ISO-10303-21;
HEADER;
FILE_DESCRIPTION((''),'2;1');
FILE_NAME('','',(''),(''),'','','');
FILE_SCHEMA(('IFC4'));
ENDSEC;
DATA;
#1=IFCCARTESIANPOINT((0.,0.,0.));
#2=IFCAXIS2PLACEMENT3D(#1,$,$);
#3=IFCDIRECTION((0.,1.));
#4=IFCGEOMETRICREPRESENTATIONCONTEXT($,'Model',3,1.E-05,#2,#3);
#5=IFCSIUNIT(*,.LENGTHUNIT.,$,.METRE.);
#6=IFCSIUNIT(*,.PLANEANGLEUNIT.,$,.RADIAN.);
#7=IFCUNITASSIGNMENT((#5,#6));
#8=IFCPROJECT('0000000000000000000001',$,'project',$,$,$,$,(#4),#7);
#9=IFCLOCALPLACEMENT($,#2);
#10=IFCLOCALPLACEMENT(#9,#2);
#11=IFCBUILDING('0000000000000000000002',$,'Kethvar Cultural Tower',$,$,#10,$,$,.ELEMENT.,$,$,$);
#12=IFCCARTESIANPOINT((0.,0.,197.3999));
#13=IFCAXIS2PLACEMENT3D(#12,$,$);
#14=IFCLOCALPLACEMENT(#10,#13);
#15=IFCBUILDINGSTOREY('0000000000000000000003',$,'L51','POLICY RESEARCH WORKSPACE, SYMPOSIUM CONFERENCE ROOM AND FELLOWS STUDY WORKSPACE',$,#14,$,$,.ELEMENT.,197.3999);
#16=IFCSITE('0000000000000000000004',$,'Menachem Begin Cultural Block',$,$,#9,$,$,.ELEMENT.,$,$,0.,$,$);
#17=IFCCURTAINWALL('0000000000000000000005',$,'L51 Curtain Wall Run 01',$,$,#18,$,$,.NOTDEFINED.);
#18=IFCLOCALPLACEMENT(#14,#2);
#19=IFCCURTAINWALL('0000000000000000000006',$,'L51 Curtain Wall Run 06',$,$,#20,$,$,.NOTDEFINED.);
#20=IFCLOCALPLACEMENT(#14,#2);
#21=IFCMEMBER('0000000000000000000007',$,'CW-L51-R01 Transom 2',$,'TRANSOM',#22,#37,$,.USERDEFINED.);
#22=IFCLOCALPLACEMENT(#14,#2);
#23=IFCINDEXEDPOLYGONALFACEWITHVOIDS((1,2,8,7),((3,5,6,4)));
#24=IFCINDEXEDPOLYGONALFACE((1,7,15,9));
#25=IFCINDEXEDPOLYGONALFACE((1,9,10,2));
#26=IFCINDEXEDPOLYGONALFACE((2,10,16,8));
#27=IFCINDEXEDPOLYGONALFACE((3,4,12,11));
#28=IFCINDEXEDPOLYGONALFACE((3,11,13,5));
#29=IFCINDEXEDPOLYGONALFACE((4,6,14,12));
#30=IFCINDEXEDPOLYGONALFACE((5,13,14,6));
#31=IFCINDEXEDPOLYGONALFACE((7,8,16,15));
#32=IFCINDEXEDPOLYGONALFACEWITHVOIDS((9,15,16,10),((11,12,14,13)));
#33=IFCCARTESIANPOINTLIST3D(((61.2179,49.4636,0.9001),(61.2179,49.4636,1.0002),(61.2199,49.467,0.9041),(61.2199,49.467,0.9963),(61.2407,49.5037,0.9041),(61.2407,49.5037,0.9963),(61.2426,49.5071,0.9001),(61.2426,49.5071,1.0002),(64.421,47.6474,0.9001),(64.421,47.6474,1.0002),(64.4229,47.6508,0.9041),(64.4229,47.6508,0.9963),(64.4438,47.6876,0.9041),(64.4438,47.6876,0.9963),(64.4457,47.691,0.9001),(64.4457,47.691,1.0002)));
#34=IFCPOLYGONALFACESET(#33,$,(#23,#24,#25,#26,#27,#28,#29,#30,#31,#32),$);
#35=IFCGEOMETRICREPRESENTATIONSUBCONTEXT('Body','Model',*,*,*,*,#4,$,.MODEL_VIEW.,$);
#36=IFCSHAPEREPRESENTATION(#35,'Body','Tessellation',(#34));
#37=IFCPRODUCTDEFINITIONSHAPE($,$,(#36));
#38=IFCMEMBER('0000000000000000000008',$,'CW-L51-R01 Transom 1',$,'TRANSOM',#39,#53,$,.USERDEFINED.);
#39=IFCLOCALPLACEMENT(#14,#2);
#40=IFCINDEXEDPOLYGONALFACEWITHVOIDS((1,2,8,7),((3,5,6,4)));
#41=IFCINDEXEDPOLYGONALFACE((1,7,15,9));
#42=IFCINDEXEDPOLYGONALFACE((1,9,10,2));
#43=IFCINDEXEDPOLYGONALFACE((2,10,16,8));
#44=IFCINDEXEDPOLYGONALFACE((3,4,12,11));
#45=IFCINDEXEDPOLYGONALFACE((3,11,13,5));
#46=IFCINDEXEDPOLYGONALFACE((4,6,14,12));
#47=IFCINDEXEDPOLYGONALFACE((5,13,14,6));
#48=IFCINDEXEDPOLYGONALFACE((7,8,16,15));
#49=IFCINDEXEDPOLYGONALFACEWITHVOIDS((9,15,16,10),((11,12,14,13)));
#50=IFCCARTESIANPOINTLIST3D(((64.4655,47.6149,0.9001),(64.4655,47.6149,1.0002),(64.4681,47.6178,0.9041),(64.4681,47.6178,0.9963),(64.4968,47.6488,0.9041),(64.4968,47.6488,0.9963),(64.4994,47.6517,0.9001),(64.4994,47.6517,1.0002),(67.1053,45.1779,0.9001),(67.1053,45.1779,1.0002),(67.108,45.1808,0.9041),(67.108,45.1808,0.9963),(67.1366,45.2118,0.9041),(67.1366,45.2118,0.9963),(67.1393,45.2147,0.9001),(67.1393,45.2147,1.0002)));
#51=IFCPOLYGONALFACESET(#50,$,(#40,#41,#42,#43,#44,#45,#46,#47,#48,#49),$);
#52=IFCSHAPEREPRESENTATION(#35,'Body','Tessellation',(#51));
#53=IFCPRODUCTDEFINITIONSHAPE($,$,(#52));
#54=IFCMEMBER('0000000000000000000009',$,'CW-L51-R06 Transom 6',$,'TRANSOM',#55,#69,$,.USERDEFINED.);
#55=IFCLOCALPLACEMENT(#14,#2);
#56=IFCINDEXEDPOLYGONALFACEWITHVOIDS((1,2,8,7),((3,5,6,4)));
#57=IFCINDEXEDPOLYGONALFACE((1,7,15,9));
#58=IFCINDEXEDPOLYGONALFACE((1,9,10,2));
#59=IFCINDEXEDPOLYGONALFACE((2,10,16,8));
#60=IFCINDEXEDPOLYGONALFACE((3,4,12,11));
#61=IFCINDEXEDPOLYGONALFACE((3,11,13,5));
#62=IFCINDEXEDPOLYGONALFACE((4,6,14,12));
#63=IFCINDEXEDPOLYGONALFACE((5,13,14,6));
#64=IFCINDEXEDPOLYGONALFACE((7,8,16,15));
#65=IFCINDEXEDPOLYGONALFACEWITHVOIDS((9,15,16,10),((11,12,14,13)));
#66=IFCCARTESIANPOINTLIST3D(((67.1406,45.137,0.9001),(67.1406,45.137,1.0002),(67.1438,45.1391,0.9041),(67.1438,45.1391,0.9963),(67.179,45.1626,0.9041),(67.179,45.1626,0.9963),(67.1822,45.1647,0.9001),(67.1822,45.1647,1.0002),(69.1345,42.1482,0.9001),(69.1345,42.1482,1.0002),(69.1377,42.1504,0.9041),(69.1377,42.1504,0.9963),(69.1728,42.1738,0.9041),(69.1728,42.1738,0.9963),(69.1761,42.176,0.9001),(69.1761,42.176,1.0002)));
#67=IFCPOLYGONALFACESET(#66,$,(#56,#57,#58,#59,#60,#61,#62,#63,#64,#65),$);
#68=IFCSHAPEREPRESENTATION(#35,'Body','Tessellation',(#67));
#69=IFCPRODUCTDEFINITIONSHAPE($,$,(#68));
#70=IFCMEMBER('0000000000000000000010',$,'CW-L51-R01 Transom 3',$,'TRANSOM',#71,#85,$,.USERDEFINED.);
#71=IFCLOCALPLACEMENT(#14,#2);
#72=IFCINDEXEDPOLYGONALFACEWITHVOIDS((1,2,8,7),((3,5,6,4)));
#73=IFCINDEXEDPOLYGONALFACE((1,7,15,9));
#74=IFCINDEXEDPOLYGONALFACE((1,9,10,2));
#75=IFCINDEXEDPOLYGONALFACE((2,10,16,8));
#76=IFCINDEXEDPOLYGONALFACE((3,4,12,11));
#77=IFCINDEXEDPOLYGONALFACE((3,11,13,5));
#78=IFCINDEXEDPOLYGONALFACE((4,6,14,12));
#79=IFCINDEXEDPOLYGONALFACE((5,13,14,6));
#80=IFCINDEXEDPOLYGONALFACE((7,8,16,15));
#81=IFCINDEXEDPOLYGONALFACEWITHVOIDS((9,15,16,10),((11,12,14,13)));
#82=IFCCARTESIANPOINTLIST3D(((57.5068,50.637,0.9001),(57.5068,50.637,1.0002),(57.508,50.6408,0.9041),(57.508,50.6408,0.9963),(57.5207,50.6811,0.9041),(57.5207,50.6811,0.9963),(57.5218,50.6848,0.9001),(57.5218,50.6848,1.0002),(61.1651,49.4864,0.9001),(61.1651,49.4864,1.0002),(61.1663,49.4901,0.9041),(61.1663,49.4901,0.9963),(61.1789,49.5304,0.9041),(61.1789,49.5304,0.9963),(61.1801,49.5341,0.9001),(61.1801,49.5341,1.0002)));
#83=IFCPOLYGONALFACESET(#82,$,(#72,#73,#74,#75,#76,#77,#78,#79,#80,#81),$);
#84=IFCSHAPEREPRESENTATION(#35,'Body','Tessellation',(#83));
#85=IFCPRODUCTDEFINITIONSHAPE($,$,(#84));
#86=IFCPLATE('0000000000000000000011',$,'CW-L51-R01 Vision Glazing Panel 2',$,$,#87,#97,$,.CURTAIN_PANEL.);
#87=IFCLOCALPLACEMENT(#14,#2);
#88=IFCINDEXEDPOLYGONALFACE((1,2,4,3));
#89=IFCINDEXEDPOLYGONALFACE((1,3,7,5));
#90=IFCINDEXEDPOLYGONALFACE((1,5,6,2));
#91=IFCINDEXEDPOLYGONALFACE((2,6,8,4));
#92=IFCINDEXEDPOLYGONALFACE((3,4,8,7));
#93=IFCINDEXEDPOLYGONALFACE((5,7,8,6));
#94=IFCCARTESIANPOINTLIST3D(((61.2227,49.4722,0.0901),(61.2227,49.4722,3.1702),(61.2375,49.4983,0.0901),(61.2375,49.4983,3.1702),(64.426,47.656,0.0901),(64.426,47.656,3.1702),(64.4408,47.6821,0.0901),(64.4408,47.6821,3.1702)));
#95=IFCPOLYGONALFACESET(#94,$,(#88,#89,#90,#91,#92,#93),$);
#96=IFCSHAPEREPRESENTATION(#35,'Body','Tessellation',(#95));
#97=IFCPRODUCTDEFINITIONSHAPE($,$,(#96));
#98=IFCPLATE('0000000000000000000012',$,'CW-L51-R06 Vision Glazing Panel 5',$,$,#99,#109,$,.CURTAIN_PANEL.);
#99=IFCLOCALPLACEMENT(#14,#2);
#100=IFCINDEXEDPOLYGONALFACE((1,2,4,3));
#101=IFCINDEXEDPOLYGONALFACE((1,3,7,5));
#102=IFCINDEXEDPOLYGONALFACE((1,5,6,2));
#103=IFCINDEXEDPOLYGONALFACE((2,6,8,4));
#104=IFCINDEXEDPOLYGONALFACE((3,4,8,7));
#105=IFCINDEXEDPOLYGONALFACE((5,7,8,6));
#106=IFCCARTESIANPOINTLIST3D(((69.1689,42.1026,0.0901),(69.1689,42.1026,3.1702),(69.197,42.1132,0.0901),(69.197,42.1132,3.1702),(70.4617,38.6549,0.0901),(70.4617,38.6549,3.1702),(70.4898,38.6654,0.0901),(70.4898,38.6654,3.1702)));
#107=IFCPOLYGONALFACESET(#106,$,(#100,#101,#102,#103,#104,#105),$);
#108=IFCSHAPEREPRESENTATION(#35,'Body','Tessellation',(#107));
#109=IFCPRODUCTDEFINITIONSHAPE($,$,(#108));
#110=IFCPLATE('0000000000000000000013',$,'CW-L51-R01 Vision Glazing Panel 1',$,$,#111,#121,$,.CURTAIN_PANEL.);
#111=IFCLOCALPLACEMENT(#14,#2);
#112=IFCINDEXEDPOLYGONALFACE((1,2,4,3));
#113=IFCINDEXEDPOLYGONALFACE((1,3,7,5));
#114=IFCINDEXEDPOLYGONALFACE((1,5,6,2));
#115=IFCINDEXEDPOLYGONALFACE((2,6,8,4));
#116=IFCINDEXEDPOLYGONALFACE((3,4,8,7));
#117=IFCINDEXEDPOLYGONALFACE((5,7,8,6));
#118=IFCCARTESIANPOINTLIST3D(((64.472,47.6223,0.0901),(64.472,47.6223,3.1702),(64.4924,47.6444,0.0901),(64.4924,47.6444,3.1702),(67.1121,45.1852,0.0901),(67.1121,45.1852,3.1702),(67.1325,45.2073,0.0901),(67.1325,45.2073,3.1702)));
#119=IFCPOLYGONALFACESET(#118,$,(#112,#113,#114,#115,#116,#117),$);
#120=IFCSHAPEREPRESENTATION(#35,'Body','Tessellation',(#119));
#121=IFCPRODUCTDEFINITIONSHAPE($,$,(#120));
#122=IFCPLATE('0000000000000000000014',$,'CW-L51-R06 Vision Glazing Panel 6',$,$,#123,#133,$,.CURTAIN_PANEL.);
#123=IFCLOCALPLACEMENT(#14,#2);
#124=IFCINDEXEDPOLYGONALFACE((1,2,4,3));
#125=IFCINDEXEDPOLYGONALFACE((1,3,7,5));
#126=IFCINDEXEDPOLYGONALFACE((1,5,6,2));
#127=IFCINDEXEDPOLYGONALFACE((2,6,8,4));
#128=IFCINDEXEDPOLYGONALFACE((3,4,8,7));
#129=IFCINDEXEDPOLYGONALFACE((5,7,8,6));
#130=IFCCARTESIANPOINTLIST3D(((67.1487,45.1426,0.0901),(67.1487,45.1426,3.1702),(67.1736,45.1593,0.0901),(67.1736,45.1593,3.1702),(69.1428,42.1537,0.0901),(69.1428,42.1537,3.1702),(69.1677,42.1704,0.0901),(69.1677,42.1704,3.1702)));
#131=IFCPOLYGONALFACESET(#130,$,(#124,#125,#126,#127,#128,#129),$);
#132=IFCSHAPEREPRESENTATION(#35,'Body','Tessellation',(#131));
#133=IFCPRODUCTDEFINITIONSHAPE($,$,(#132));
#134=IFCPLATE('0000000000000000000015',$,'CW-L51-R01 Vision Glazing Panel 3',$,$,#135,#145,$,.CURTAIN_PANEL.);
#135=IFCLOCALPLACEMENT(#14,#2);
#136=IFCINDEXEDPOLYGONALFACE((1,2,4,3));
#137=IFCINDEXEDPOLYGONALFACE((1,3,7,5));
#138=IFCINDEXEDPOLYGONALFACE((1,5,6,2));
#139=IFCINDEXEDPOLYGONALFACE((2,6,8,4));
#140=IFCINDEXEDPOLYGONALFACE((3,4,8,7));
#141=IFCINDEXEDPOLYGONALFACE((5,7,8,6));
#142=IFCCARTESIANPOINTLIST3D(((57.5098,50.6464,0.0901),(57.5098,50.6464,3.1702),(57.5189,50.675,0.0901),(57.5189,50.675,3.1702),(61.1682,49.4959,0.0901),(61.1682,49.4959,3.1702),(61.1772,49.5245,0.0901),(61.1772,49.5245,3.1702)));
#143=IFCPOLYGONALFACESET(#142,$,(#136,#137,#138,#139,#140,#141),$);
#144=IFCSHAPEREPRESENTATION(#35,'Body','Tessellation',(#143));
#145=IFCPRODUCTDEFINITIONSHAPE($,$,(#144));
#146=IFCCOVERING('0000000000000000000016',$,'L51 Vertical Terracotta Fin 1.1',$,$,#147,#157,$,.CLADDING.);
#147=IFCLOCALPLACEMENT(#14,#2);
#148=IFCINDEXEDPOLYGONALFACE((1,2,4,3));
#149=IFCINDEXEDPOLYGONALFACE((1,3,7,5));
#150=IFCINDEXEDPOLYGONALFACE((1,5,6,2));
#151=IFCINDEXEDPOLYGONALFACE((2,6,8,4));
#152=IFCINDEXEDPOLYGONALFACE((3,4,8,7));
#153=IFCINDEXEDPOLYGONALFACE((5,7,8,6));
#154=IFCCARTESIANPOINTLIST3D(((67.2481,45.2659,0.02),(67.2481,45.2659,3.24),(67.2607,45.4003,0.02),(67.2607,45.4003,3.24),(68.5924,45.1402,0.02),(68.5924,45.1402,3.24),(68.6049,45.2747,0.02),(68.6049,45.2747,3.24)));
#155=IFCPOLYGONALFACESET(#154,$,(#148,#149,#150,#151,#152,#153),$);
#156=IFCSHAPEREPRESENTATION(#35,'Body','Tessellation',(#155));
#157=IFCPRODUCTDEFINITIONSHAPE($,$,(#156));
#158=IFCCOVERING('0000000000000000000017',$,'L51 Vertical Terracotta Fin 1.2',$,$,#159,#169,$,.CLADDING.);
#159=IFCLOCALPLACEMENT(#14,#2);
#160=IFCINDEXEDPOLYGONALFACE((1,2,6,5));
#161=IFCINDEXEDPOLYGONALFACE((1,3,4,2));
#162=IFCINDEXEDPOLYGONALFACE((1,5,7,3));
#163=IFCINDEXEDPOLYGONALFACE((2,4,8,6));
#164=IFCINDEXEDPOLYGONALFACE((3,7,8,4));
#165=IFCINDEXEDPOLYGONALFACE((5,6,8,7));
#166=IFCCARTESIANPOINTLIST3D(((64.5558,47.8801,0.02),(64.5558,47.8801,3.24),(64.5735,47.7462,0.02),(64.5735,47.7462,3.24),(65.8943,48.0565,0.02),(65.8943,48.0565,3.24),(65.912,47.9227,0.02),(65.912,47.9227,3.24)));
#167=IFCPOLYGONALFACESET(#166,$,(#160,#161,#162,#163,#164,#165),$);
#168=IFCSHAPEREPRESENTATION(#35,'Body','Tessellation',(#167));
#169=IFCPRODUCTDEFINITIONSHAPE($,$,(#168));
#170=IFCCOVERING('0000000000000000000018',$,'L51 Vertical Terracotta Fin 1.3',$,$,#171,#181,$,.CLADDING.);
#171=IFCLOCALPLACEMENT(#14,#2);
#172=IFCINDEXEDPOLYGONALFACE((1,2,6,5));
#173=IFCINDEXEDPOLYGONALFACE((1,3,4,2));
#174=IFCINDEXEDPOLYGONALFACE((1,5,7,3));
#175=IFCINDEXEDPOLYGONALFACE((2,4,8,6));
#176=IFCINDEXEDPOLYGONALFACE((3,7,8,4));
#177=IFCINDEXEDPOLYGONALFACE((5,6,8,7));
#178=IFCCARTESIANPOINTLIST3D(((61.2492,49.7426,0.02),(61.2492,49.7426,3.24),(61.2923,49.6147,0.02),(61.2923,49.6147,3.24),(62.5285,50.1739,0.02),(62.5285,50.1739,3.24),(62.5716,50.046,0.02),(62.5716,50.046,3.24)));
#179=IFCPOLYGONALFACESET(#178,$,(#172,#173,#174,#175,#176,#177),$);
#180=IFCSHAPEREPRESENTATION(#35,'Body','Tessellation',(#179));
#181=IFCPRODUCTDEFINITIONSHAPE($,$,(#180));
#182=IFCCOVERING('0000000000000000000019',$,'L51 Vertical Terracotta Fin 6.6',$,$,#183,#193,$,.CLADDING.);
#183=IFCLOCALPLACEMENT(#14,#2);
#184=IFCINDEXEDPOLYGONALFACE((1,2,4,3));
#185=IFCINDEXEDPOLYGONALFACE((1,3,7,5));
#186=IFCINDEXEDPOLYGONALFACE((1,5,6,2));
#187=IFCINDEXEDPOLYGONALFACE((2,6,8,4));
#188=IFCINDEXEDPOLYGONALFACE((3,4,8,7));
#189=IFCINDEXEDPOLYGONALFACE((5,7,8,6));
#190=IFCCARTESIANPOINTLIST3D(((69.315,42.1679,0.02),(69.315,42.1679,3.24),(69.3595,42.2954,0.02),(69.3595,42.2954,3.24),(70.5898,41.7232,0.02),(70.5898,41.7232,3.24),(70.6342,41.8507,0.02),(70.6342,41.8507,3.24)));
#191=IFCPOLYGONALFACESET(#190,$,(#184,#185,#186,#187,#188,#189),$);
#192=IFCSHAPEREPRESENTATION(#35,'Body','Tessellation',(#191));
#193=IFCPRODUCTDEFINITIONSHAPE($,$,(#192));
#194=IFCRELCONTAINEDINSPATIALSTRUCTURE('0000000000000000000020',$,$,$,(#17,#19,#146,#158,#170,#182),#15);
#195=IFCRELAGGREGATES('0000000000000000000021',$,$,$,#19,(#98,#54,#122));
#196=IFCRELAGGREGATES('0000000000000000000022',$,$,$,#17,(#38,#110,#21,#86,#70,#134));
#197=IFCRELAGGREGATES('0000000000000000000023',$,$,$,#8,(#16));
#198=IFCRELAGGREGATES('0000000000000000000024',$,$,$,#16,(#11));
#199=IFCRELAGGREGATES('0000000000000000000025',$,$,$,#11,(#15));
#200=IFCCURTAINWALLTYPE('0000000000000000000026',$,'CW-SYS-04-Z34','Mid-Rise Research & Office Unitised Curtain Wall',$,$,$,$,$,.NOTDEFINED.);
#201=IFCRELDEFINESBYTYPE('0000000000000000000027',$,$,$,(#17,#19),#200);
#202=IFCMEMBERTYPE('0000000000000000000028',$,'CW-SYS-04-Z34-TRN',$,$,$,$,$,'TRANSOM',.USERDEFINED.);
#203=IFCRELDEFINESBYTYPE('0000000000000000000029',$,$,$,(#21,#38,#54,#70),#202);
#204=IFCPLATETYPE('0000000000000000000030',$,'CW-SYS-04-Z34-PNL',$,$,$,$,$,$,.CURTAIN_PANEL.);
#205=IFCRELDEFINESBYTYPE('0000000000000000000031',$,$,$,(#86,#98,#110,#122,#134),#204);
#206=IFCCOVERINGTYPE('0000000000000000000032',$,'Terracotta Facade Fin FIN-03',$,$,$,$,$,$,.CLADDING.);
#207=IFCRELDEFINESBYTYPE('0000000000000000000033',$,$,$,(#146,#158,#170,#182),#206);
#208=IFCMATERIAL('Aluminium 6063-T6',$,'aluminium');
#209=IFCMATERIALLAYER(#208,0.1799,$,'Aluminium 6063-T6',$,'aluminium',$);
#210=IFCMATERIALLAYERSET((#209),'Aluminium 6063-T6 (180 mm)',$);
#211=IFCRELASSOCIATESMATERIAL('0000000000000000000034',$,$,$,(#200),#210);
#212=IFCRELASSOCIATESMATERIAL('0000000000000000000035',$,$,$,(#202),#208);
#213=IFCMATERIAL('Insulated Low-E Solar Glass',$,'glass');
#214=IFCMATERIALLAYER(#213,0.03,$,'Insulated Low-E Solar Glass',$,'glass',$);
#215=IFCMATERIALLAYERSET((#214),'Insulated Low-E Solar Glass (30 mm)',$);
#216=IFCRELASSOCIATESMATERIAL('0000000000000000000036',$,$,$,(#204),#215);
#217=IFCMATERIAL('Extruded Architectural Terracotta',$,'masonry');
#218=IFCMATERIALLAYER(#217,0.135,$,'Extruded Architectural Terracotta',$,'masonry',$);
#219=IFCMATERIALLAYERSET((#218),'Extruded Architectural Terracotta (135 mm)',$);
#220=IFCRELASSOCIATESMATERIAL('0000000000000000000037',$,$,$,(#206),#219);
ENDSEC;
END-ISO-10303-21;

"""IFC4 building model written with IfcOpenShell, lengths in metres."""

from ifc_helpers import new_model, si_unit, direction, frame, origin, origin_2d, place, context, subcontext, project, spatial, rectangle, hollow_rectangle, extrude, source, transform, mapped, material, layer, layer_set, material_profile, profile_set, type_object, element, aggregate, save


model = new_model("IFC4")

# Units and contexts
model_context = context("Model", 3, precision=1e-05, world=origin(), true_north=direction((0.0, 1.0)))
body_context = subcontext(model_context, "Body", "Model", "MODEL_VIEW")
ifc_project = project(units=[si_unit("LENGTHUNIT", "METRE"), si_unit("PLANEANGLEUNIT", "RADIAN")], contexts=[model_context])

# Site, building, storey
site_placement = place(None, origin())
site = spatial("IfcSite", under=ifc_project, at=site_placement, Name="Menachem Begin Cultural Block", CompositionType="ELEMENT", RefElevation=0.0)
building_placement = place(site_placement, origin())
building = spatial("IfcBuilding", under=site, at=building_placement, Name="Kethvar Cultural Tower", CompositionType="ELEMENT")
storey_placement = place(building_placement, frame((0.0, 0.0, 197.3999)))
storey = spatial("IfcBuildingStorey", under=building, at=storey_placement, Name="L51", Description="POLICY RESEARCH WORKSPACE, SYMPOSIUM CONFERENCE ROOM AND FELLOWS STUDY WORKSPACE", CompositionType="ELEMENT", Elevation=197.3999)

# Curtain walls
ifc_material_1 = material(Name="Aluminium 6063-T6", Category="aluminium")
ifc_layer_1 = layer(ifc_material_1, 0.1799, Name="Aluminium 6063-T6", Category="aluminium")
ifc_layer_set_1 = layer_set([ifc_layer_1], Name="Aluminium 6063-T6 (180 mm)")
curtain_wall_type = type_object("IfcCurtainWallType", Name="CW-SYS-04-Z34", Description="Mid-Rise Research & Office Unitised Curtain Wall", PredefinedType="NOTDEFINED", material=ifc_layer_set_1)
curtain_wall_1_placement = place(storey_placement, origin())
curtain_wall_1 = element("IfcCurtainWall", 1, at=curtain_wall_1_placement, inside=storey, type_object=curtain_wall_type, Name="L51 Curtain Wall Run 01", PredefinedType="NOTDEFINED")
curtain_wall_2_placement = place(storey_placement, origin())
curtain_wall_2 = element("IfcCurtainWall", 2, at=curtain_wall_2_placement, inside=storey, type_object=curtain_wall_type, Name="L51 Curtain Wall Run 06", PredefinedType="NOTDEFINED")

# Members
ifc_material_profile_1 = material_profile(ifc_material_1, hollow_rectangle(XDim=0.05, YDim=0.1001, WallThickness=0.0039, at=origin_2d()), Name="Aluminium 6063-T6 — RHS100x50x4")
ifc_profile_set_1 = profile_set([ifc_material_profile_1], Name="Aluminium 6063-T6 — RHS100x50x4")
member_type_1 = type_object("IfcMemberType", Name="CW-SYS-04-Z34-TRN", ElementType="TRANSOM", PredefinedType="USERDEFINED", material=ifc_profile_set_1)
shared_shape_1 = source(origin(), body_context, "Body", "SweptSolid", [
    extrude(hollow_rectangle(XDim=0.05, YDim=0.1001, WallThickness=0.0039, at=origin_2d()), origin(), (0.0, 0.0, 1.0), 3.6821),
])
member_1_placement = place(storey_placement, frame((64.4333, 47.6692, 0.9502), z_axis=(-0.869899, 0.49323, 0.0), x_axis=(-0.49323, -0.869899, 0.0)))
member_1 = element("IfcMember", 3, at=member_1_placement, type_object=member_type_1, Name="CW-L51-R01 Transom 2", ObjectType="TRANSOM", PredefinedType="USERDEFINED", context=body_context, shape_type="MappedRepresentation", body=[
    mapped(shared_shape_1, transform((0.0, 0.0, 0.0), scale=1.0)),
])
shared_shape_2 = source(origin(), body_context, "Body", "SweptSolid", [
    extrude(hollow_rectangle(XDim=0.05, YDim=0.1001, WallThickness=0.0039, at=origin_2d()), origin(), (0.0, 0.0, 1.0), 3.5928),
])
member_2_placement = place(storey_placement, frame((67.1223, 45.1963, 0.9502), z_axis=(-0.734777, 0.678308, 0.0), x_axis=(-0.678308, -0.734777, 0.0)))
member_2 = element("IfcMember", 4, at=member_2_placement, type_object=member_type_1, Name="CW-L51-R01 Transom 1", ObjectType="TRANSOM", PredefinedType="USERDEFINED", context=body_context, shape_type="MappedRepresentation", body=[
    mapped(shared_shape_2, transform((0.0, 0.0, 0.0), scale=1.0)),
])
member_3_placement = place(storey_placement, frame((69.1553, 42.1621, 0.9502), z_axis=(-0.554967, 0.831873, 0.0), x_axis=(-0.831873, -0.554967, 0.0)))
member_3 = element("IfcMember", 5, at=member_3_placement, type_object=member_type_1, Name="CW-L51-R06 Transom 6", ObjectType="TRANSOM", PredefinedType="USERDEFINED", context=body_context, shape_type="MappedRepresentation", body=[
    mapped(shared_shape_2, transform((0.0, 0.0, 0.0), scale=1.0)),
])
shared_shape_3 = source(origin(), body_context, "Body", "SweptSolid", [
    extrude(hollow_rectangle(XDim=0.05, YDim=0.1001, WallThickness=0.0039, at=origin_2d()), origin(), (0.0, 0.0, 1.0), 3.835),
])
member_4_placement = place(storey_placement, frame((61.1726, 49.5103, 0.9502), z_axis=(-0.953926, 0.300043, 0.0), x_axis=(-0.300043, -0.953926, 0.0)))
member_4 = element("IfcMember", 6, at=member_4_placement, type_object=member_type_1, Name="CW-L51-R01 Transom 3", ObjectType="TRANSOM", PredefinedType="USERDEFINED", context=body_context, shape_type="MappedRepresentation", body=[
    mapped(shared_shape_3, transform((0.0, 0.0, 0.0), scale=1.0)),
])

# Plates
ifc_material_2 = material(Name="Insulated Low-E Solar Glass", Category="glass")
ifc_layer_2 = layer(ifc_material_2, 0.03, Name="Insulated Low-E Solar Glass", Category="glass")
ifc_layer_set_2 = layer_set([ifc_layer_2], Name="Insulated Low-E Solar Glass (30 mm)")
plate_type = type_object("IfcPlateType", Name="CW-SYS-04-Z34-PNL", PredefinedType="CURTAIN_PANEL", material=ifc_layer_set_2)
shared_shape_4 = source(origin(), body_context, "Body", "SweptSolid", [
    extrude(rectangle(XDim=3.6824, YDim=0.03, at=origin_2d()), origin(), (0.0, 0.0, 1.0), 3.0801),
])
plate_1_placement = place(storey_placement, frame((62.8318, 48.5771, 0.0901), z_axis=(0.0, 0.0, 1.0), x_axis=(-0.8699, 0.493228, 0.0)))
plate_1 = element("IfcPlate", 7, at=plate_1_placement, type_object=plate_type, Name="CW-L51-R01 Vision Glazing Panel 2", PredefinedType="CURTAIN_PANEL", context=body_context, shape_type="MappedRepresentation", body=[
    mapped(shared_shape_4, transform((0.0, 0.0, 0.0), scale=1.0)),
])
shared_shape_5 = source(origin(), body_context, "Body", "SweptSolid", [
    extrude(rectangle(XDim=3.6821, YDim=0.03, at=origin_2d()), origin(), (0.0, 0.0, 1.0), 3.0801),
])
plate_2_placement = place(storey_placement, frame((69.8293, 40.384, 0.0901), z_axis=(0.0, 0.0, 1.0), x_axis=(-0.35109, 0.936342, 0.0)))
plate_2 = element("IfcPlate", 8, at=plate_2_placement, type_object=plate_type, Name="CW-L51-R06 Vision Glazing Panel 5", PredefinedType="CURTAIN_PANEL", context=body_context, shape_type="MappedRepresentation", body=[
    mapped(shared_shape_5, transform((0.0, 0.0, 0.0), scale=1.0)),
])
shared_shape_6 = source(origin(), body_context, "Body", "SweptSolid", [
    extrude(rectangle(XDim=3.593, YDim=0.03, at=origin_2d()), origin(), (0.0, 0.0, 1.0), 3.0801),
])
plate_3_placement = place(storey_placement, frame((65.8022, 46.4148, 0.0901), z_axis=(0.0, 0.0, 1.0), x_axis=(-0.734796, 0.678288, 0.0)))
plate_3 = element("IfcPlate", 9, at=plate_3_placement, type_object=plate_type, Name="CW-L51-R01 Vision Glazing Panel 1", PredefinedType="CURTAIN_PANEL", context=body_context, shape_type="MappedRepresentation", body=[
    mapped(shared_shape_6, transform((0.0, 0.0, 0.0), scale=1.0)),
])
plate_4_placement = place(storey_placement, frame((68.1582, 43.6565, 0.0901), z_axis=(0.0, 0.0, 1.0), x_axis=(-0.55499, 0.831857, 0.0)))
plate_4 = element("IfcPlate", 10, at=plate_4_placement, type_object=plate_type, Name="CW-L51-R06 Vision Glazing Panel 6", PredefinedType="CURTAIN_PANEL", context=body_context, shape_type="MappedRepresentation", body=[
    mapped(shared_shape_6, transform((0.0, 0.0, 0.0), scale=1.0)),
])
aggregate(curtain_wall_2, [plate_2, member_3, plate_4])
shared_shape_7 = source(origin(), body_context, "Body", "SweptSolid", [
    extrude(rectangle(XDim=3.835, YDim=0.03, at=origin_2d()), origin(), (0.0, 0.0, 1.0), 3.0801),
])
plate_5_placement = place(storey_placement, frame((59.3435, 50.0854, 0.0901), z_axis=(0.0, 0.0, 1.0), x_axis=(-0.953937, 0.300007, 0.0)))
plate_5 = element("IfcPlate", 11, at=plate_5_placement, type_object=plate_type, Name="CW-L51-R01 Vision Glazing Panel 3", PredefinedType="CURTAIN_PANEL", context=body_context, shape_type="MappedRepresentation", body=[
    mapped(shared_shape_7, transform((0.0, 0.0, 0.0), scale=1.0)),
])
aggregate(curtain_wall_1, [member_2, plate_3, member_1, plate_1, member_4, plate_5])

# Coverings
ifc_material_3 = material(Name="Extruded Architectural Terracotta", Category="masonry")
ifc_layer_3 = layer(ifc_material_3, 0.135, Name="Extruded Architectural Terracotta", Category="masonry")
ifc_layer_set_3 = layer_set([ifc_layer_3], Name="Extruded Architectural Terracotta (135 mm)")
covering_type = type_object("IfcCoveringType", Name="Terracotta Facade Fin FIN-03", PredefinedType="CLADDING", material=ifc_layer_set_3)
shared_shape_8 = source(origin(), body_context, "Body", "SweptSolid", [
    extrude(rectangle(XDim=1.3501, YDim=0.135, at=origin_2d()), origin(), (0.0, 0.0, 1.0), 3.22),
])
for number, where, z_axis, x_axis, name in (
    (12, (67.9265, 45.2703, 0.02), (0.0, 0.0, 1.0), (0.99566, -0.093066, 0.0), "L51 Vertical Terracotta Fin 1.1"),
    (13, (65.2339, 47.9014, 0.02), (0.0, 0.0, 1.0), (0.991422, 0.130699, 0.0), "L51 Vertical Terracotta Fin 1.2"),
    (14, (61.9104, 49.8943, 0.02), (0.0, 0.0, 1.0), (0.947601, 0.319456, 0.0), "L51 Vertical Terracotta Fin 1.3"),
    (15, (69.9746, 42.0093, 0.02), (0.0, 0.0, 1.0), (0.944204, -0.329361, 0.0), "L51 Vertical Terracotta Fin 6.6"),
):
    element("IfcCovering", number, at=place(storey_placement, frame(where, z_axis=z_axis, x_axis=x_axis)), inside=storey, type_object=covering_type, Name=name, PredefinedType="CLADDING", context=body_context, shape_type="MappedRepresentation", body=[
        mapped(shared_shape_8, transform((0.0, 0.0, 0.0), scale=1.0)),
    ])

save(model, "model.ifc")
